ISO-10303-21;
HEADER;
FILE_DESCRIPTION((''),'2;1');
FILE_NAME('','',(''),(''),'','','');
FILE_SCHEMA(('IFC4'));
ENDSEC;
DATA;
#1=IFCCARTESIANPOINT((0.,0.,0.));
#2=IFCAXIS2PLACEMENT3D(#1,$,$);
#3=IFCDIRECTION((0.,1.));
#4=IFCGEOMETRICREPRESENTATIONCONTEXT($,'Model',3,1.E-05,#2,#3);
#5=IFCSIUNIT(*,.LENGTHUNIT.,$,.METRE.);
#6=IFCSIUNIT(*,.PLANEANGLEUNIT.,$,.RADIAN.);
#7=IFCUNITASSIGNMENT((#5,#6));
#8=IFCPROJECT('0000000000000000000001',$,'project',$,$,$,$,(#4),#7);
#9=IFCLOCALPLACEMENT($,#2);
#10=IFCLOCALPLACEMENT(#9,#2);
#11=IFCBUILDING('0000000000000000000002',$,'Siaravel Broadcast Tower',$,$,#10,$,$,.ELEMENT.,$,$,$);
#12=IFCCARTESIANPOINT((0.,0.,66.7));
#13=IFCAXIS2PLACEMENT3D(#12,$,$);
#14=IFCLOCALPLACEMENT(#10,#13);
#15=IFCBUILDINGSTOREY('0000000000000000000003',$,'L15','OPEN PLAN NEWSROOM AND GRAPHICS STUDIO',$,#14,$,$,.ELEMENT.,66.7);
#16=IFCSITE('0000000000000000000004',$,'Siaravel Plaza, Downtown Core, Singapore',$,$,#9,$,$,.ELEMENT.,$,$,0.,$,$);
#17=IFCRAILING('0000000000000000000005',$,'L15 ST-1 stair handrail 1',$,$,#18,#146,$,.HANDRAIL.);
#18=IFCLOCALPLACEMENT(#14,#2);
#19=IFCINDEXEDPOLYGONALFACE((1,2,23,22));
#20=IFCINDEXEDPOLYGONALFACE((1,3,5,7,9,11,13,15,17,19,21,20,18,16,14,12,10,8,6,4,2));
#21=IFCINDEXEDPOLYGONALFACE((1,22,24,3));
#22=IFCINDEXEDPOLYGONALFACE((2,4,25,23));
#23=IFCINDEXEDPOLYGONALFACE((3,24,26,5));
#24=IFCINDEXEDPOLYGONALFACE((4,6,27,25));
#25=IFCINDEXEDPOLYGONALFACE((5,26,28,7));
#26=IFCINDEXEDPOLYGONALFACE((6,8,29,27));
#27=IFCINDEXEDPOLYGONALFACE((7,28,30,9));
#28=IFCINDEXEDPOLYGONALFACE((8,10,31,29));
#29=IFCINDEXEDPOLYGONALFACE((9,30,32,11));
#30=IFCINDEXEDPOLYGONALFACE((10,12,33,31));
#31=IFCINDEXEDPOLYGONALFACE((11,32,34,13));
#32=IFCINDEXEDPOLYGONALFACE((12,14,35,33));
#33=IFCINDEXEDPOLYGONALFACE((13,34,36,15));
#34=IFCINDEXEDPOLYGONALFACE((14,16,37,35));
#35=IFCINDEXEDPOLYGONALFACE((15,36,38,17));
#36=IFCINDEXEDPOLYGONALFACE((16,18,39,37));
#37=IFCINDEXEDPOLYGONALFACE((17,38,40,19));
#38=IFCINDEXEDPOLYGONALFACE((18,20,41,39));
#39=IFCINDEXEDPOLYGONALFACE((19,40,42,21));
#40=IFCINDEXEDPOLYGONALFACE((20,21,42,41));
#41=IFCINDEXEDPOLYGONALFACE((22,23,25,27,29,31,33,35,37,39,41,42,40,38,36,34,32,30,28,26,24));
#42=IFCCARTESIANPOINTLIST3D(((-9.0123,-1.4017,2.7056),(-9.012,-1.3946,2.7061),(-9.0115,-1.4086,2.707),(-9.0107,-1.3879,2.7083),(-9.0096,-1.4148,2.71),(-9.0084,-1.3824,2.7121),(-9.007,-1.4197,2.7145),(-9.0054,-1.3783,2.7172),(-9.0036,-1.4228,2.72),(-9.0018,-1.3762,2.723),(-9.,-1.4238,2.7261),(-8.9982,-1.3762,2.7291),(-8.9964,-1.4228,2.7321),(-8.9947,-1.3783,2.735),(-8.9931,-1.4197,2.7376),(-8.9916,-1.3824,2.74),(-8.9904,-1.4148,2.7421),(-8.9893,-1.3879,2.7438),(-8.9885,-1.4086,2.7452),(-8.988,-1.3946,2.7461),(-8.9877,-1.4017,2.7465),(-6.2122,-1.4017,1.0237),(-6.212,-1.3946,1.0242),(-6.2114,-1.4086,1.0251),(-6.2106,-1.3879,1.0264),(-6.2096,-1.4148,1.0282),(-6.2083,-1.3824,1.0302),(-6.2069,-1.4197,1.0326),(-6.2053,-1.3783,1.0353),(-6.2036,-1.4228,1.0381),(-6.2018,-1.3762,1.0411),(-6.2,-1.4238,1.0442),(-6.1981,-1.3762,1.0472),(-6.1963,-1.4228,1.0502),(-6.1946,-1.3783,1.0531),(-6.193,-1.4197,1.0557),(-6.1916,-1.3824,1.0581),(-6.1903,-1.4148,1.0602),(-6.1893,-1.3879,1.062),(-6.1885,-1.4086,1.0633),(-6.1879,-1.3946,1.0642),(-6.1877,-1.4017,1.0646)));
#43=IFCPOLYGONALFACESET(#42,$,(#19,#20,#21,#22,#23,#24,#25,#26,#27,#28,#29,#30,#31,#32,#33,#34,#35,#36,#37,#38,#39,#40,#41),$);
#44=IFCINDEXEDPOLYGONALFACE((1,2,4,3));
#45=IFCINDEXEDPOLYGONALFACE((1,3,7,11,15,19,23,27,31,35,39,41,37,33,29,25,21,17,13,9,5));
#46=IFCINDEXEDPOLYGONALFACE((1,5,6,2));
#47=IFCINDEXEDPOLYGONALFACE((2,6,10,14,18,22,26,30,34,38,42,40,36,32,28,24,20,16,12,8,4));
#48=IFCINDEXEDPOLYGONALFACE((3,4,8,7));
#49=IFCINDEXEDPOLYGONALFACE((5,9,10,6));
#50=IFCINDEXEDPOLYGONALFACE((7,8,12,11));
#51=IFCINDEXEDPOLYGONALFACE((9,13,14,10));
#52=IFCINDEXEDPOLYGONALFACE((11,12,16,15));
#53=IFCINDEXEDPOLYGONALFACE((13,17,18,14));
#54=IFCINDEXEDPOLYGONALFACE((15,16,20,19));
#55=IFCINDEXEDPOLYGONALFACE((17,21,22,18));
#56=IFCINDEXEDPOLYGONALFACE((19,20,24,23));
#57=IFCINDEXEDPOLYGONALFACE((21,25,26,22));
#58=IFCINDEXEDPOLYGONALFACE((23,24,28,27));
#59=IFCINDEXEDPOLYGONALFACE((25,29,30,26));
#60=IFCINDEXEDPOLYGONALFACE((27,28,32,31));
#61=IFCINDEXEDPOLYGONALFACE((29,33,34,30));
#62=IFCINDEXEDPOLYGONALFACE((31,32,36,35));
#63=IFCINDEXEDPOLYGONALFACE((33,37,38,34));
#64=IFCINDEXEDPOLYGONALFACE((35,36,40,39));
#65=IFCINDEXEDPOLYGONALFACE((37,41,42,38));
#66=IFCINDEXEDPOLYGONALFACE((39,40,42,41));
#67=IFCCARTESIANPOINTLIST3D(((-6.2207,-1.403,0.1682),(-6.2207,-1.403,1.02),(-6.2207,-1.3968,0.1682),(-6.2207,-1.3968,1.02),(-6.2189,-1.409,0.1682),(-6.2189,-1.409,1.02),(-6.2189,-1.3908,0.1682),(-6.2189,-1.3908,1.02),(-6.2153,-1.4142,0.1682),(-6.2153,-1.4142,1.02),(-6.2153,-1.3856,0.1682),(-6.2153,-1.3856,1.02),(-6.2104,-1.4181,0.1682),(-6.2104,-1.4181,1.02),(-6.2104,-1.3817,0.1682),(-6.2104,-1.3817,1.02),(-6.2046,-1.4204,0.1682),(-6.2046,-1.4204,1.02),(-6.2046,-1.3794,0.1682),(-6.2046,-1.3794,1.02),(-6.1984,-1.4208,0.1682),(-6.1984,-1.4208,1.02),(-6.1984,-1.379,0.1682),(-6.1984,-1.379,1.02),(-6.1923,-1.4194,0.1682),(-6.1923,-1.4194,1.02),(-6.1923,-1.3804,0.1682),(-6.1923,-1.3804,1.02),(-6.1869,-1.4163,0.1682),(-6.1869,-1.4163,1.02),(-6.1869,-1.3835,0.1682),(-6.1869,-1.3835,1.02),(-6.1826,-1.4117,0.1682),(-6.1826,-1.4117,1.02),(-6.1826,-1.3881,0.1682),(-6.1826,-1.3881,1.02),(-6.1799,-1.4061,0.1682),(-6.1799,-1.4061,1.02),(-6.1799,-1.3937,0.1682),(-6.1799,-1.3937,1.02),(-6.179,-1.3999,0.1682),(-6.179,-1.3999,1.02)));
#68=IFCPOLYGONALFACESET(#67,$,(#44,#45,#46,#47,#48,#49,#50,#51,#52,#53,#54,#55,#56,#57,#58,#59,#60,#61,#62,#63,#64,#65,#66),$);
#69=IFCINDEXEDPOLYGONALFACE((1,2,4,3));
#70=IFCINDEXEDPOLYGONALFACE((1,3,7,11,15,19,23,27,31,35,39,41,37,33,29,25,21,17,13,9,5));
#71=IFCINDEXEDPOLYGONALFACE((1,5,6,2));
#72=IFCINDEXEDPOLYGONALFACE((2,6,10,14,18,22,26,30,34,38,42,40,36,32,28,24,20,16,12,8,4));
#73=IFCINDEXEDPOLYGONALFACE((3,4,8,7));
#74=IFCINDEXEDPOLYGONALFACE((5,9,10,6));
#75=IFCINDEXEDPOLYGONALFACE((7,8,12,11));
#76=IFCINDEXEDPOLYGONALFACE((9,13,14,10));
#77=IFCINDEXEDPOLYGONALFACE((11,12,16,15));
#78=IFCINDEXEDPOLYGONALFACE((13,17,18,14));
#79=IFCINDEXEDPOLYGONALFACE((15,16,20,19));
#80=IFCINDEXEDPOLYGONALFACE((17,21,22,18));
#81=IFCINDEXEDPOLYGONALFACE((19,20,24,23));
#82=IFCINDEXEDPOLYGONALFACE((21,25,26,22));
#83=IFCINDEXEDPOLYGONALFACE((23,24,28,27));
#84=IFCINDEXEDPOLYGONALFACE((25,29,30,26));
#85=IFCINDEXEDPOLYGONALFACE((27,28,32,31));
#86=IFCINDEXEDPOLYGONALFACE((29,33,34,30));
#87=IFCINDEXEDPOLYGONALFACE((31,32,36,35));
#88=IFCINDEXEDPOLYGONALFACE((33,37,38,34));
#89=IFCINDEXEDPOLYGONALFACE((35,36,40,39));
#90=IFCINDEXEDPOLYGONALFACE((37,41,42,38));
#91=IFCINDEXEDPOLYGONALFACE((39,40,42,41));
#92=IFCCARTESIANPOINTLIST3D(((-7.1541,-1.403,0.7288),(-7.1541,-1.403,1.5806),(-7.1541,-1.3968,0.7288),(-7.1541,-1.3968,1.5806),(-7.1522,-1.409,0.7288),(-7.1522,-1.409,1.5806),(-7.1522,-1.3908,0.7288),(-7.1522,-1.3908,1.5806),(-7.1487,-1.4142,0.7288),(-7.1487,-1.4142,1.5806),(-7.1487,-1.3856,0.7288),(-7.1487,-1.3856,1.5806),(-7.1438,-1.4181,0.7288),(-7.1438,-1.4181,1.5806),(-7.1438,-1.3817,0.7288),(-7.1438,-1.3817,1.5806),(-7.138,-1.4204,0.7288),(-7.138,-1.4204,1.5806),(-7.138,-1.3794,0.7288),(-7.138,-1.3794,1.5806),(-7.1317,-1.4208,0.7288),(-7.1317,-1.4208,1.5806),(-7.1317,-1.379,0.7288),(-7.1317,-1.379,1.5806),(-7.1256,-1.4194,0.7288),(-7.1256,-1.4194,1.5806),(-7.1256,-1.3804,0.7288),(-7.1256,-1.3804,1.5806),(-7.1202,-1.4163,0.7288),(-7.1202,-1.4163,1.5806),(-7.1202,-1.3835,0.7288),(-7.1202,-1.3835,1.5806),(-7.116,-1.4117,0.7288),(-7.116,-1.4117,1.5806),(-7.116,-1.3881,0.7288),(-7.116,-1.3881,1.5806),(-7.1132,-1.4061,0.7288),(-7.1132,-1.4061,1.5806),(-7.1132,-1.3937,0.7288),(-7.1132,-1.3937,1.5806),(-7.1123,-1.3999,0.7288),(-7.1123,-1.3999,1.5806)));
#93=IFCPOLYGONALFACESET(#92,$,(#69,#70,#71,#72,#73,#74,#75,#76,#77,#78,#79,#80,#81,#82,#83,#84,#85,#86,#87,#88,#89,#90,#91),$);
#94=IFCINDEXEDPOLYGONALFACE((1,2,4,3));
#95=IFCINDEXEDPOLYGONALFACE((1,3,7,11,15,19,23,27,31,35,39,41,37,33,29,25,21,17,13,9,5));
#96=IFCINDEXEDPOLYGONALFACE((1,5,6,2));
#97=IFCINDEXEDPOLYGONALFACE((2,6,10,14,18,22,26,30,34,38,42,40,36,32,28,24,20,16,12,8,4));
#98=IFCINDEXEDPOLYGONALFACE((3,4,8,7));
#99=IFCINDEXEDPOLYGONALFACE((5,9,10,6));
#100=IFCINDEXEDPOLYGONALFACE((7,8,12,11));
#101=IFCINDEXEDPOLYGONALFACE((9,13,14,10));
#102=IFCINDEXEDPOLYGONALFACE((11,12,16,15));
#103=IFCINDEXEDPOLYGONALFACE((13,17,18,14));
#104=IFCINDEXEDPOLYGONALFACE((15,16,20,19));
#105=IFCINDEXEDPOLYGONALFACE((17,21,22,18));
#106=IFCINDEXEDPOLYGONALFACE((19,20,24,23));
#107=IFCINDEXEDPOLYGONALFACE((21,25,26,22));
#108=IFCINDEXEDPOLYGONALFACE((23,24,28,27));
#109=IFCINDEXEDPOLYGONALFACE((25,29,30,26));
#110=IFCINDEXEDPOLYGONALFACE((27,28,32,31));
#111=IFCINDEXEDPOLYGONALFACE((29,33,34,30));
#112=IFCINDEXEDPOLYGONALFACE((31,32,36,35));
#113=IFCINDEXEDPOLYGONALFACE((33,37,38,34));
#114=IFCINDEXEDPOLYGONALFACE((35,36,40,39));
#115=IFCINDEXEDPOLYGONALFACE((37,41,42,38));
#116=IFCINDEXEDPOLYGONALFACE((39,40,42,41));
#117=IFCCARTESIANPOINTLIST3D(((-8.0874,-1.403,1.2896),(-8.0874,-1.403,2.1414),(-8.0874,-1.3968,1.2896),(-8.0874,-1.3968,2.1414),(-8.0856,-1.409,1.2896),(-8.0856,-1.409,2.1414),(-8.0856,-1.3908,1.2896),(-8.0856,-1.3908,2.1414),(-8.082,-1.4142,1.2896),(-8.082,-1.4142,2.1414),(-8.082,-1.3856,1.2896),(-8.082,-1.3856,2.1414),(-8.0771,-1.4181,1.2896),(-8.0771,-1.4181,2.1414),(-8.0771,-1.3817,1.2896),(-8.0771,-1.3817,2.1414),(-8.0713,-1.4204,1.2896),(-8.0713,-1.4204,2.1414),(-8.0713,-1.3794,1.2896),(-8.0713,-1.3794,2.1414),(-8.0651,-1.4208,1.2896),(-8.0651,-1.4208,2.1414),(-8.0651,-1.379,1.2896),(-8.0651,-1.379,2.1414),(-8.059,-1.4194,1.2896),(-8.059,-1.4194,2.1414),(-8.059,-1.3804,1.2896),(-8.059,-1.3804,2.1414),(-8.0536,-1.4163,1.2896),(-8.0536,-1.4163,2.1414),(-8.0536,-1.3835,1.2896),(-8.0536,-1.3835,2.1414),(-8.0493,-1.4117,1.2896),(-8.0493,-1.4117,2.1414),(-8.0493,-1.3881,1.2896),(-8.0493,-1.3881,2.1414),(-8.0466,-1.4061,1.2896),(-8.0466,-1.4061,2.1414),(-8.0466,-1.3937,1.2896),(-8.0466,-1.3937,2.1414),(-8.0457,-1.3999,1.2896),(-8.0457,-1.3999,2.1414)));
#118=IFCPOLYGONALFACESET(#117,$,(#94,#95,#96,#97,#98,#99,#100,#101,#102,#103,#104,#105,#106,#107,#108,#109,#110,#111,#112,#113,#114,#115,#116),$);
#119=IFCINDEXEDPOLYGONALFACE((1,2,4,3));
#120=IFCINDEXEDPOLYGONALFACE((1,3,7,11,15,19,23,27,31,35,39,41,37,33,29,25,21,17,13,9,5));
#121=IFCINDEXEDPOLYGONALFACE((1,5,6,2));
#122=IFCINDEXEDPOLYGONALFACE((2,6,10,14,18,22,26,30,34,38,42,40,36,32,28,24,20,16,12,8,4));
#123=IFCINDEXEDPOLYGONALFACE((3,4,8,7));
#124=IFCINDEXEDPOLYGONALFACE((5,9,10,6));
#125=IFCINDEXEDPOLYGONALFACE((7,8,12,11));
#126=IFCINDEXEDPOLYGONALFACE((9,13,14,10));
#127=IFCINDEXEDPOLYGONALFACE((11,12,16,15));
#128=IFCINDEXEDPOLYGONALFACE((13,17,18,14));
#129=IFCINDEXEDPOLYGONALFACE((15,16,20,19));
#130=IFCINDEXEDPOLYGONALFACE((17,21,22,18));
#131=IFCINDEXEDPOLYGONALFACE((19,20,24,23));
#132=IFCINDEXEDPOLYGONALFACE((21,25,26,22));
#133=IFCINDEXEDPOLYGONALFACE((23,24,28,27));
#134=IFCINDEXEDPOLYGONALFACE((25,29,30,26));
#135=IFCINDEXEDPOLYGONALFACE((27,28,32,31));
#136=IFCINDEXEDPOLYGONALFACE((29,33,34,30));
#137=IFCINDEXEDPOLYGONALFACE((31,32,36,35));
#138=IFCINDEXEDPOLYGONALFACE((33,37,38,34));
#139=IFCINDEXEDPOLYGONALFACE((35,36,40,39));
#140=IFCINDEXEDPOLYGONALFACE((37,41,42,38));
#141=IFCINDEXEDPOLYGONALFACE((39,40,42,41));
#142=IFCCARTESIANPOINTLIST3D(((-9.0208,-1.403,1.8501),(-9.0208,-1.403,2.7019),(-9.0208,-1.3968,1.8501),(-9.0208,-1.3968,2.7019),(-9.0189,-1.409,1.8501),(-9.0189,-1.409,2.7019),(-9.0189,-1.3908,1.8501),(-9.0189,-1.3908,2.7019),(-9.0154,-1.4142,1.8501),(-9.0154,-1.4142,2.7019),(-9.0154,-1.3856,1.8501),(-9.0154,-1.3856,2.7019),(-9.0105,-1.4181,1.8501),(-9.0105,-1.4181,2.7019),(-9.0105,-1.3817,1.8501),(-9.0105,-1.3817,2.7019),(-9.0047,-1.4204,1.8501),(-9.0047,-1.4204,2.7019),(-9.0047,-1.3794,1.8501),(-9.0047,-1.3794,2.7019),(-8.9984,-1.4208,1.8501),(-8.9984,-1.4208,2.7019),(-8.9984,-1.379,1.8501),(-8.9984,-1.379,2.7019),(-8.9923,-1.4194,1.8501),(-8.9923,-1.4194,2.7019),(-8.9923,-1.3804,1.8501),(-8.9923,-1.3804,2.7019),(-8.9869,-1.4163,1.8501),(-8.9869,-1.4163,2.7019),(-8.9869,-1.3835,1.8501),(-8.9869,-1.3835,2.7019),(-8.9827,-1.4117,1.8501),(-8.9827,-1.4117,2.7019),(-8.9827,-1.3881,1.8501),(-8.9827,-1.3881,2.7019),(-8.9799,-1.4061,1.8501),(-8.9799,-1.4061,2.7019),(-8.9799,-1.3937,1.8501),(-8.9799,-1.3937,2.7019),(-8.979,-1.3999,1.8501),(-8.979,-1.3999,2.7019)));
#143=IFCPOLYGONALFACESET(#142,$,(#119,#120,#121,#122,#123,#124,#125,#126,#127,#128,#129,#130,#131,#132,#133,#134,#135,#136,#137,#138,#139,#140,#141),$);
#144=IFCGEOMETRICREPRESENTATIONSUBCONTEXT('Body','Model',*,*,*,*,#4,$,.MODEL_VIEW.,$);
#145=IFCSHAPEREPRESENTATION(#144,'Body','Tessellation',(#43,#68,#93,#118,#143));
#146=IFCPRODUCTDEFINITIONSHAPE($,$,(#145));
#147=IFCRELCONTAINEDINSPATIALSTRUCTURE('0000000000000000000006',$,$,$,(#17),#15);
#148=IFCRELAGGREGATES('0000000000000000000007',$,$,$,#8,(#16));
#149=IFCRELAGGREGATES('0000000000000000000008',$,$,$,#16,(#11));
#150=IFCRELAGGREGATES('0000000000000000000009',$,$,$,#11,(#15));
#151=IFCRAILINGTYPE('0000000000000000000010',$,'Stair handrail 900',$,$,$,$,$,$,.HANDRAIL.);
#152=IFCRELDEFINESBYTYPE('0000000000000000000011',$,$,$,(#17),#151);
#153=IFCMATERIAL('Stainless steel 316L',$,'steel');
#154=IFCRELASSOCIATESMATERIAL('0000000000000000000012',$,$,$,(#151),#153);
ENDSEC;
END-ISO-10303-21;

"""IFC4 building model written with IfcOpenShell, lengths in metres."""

from ifc_helpers import new_model, si_unit, direction, frame, origin, origin_2d, place, context, subcontext, project, spatial, circle, extrude, material, type_object, element, save


model = new_model("IFC4")

# Units and contexts
model_context = context("Model", 3, precision=1e-05, world=origin(), true_north=direction((0.0, 1.0)))
body_context = subcontext(model_context, "Body", "Model", "MODEL_VIEW")
ifc_project = project(units=[si_unit("LENGTHUNIT", "METRE"), si_unit("PLANEANGLEUNIT", "RADIAN")], contexts=[model_context])

# Site, building, storey
site_placement = place(None, origin())
site = spatial("IfcSite", under=ifc_project, at=site_placement, Name="Siaravel Plaza, Downtown Core, Singapore", CompositionType="ELEMENT", RefElevation=0.0)
building_placement = place(site_placement, origin())
building = spatial("IfcBuilding", under=site, at=building_placement, Name="Siaravel Broadcast Tower", CompositionType="ELEMENT")
storey_placement = place(building_placement, frame((0.0, 0.0, 66.7)))
storey = spatial("IfcBuildingStorey", under=building, at=storey_placement, Name="L15", Description="OPEN PLAN NEWSROOM AND GRAPHICS STUDIO", CompositionType="ELEMENT", Elevation=66.7)

# Railing
ifc_material_1 = material(Name="Stainless steel 316L", Category="steel")
railing_type_1 = type_object("IfcRailingType", Name="Stair handrail 900", PredefinedType="HANDRAIL", material=ifc_material_1)
railing_1_placement = place(storey_placement, frame((-6.2, -1.3999, 0.1682)))
element("IfcRailing", 1, at=railing_1_placement, inside=storey, type_object=railing_type_1, Name="L15 ST-1 stair handrail 1", PredefinedType="HANDRAIL", context=body_context, shape_type="SweptSolid", body=[
    extrude(circle(Radius=0.0239, at=origin_2d()), frame((0.0, 0.0, 0.876), z_axis=(-0.857242, 0.0, 0.514913), x_axis=(0.0, -1.0, 0.0)), (0.0, 0.0, 1.0), 3.2664),
    extrude(circle(Radius=0.021, at=origin_2d()), origin(), (0.0, 0.0, 1.0), 0.8518),
    extrude(circle(Radius=0.021, at=origin_2d()), frame((-0.9333, 0.0, 0.5605)), (0.0, 0.0, 1.0), 0.8518),
    extrude(circle(Radius=0.021, at=origin_2d()), frame((-1.8667, 0.0, 1.1213)), (0.0, 0.0, 1.0), 0.8518),
    extrude(circle(Radius=0.021, at=origin_2d()), frame((-2.8, 0.0, 1.6819)), (0.0, 0.0, 1.0), 0.8518),
])

save(model, "model.ifc")
